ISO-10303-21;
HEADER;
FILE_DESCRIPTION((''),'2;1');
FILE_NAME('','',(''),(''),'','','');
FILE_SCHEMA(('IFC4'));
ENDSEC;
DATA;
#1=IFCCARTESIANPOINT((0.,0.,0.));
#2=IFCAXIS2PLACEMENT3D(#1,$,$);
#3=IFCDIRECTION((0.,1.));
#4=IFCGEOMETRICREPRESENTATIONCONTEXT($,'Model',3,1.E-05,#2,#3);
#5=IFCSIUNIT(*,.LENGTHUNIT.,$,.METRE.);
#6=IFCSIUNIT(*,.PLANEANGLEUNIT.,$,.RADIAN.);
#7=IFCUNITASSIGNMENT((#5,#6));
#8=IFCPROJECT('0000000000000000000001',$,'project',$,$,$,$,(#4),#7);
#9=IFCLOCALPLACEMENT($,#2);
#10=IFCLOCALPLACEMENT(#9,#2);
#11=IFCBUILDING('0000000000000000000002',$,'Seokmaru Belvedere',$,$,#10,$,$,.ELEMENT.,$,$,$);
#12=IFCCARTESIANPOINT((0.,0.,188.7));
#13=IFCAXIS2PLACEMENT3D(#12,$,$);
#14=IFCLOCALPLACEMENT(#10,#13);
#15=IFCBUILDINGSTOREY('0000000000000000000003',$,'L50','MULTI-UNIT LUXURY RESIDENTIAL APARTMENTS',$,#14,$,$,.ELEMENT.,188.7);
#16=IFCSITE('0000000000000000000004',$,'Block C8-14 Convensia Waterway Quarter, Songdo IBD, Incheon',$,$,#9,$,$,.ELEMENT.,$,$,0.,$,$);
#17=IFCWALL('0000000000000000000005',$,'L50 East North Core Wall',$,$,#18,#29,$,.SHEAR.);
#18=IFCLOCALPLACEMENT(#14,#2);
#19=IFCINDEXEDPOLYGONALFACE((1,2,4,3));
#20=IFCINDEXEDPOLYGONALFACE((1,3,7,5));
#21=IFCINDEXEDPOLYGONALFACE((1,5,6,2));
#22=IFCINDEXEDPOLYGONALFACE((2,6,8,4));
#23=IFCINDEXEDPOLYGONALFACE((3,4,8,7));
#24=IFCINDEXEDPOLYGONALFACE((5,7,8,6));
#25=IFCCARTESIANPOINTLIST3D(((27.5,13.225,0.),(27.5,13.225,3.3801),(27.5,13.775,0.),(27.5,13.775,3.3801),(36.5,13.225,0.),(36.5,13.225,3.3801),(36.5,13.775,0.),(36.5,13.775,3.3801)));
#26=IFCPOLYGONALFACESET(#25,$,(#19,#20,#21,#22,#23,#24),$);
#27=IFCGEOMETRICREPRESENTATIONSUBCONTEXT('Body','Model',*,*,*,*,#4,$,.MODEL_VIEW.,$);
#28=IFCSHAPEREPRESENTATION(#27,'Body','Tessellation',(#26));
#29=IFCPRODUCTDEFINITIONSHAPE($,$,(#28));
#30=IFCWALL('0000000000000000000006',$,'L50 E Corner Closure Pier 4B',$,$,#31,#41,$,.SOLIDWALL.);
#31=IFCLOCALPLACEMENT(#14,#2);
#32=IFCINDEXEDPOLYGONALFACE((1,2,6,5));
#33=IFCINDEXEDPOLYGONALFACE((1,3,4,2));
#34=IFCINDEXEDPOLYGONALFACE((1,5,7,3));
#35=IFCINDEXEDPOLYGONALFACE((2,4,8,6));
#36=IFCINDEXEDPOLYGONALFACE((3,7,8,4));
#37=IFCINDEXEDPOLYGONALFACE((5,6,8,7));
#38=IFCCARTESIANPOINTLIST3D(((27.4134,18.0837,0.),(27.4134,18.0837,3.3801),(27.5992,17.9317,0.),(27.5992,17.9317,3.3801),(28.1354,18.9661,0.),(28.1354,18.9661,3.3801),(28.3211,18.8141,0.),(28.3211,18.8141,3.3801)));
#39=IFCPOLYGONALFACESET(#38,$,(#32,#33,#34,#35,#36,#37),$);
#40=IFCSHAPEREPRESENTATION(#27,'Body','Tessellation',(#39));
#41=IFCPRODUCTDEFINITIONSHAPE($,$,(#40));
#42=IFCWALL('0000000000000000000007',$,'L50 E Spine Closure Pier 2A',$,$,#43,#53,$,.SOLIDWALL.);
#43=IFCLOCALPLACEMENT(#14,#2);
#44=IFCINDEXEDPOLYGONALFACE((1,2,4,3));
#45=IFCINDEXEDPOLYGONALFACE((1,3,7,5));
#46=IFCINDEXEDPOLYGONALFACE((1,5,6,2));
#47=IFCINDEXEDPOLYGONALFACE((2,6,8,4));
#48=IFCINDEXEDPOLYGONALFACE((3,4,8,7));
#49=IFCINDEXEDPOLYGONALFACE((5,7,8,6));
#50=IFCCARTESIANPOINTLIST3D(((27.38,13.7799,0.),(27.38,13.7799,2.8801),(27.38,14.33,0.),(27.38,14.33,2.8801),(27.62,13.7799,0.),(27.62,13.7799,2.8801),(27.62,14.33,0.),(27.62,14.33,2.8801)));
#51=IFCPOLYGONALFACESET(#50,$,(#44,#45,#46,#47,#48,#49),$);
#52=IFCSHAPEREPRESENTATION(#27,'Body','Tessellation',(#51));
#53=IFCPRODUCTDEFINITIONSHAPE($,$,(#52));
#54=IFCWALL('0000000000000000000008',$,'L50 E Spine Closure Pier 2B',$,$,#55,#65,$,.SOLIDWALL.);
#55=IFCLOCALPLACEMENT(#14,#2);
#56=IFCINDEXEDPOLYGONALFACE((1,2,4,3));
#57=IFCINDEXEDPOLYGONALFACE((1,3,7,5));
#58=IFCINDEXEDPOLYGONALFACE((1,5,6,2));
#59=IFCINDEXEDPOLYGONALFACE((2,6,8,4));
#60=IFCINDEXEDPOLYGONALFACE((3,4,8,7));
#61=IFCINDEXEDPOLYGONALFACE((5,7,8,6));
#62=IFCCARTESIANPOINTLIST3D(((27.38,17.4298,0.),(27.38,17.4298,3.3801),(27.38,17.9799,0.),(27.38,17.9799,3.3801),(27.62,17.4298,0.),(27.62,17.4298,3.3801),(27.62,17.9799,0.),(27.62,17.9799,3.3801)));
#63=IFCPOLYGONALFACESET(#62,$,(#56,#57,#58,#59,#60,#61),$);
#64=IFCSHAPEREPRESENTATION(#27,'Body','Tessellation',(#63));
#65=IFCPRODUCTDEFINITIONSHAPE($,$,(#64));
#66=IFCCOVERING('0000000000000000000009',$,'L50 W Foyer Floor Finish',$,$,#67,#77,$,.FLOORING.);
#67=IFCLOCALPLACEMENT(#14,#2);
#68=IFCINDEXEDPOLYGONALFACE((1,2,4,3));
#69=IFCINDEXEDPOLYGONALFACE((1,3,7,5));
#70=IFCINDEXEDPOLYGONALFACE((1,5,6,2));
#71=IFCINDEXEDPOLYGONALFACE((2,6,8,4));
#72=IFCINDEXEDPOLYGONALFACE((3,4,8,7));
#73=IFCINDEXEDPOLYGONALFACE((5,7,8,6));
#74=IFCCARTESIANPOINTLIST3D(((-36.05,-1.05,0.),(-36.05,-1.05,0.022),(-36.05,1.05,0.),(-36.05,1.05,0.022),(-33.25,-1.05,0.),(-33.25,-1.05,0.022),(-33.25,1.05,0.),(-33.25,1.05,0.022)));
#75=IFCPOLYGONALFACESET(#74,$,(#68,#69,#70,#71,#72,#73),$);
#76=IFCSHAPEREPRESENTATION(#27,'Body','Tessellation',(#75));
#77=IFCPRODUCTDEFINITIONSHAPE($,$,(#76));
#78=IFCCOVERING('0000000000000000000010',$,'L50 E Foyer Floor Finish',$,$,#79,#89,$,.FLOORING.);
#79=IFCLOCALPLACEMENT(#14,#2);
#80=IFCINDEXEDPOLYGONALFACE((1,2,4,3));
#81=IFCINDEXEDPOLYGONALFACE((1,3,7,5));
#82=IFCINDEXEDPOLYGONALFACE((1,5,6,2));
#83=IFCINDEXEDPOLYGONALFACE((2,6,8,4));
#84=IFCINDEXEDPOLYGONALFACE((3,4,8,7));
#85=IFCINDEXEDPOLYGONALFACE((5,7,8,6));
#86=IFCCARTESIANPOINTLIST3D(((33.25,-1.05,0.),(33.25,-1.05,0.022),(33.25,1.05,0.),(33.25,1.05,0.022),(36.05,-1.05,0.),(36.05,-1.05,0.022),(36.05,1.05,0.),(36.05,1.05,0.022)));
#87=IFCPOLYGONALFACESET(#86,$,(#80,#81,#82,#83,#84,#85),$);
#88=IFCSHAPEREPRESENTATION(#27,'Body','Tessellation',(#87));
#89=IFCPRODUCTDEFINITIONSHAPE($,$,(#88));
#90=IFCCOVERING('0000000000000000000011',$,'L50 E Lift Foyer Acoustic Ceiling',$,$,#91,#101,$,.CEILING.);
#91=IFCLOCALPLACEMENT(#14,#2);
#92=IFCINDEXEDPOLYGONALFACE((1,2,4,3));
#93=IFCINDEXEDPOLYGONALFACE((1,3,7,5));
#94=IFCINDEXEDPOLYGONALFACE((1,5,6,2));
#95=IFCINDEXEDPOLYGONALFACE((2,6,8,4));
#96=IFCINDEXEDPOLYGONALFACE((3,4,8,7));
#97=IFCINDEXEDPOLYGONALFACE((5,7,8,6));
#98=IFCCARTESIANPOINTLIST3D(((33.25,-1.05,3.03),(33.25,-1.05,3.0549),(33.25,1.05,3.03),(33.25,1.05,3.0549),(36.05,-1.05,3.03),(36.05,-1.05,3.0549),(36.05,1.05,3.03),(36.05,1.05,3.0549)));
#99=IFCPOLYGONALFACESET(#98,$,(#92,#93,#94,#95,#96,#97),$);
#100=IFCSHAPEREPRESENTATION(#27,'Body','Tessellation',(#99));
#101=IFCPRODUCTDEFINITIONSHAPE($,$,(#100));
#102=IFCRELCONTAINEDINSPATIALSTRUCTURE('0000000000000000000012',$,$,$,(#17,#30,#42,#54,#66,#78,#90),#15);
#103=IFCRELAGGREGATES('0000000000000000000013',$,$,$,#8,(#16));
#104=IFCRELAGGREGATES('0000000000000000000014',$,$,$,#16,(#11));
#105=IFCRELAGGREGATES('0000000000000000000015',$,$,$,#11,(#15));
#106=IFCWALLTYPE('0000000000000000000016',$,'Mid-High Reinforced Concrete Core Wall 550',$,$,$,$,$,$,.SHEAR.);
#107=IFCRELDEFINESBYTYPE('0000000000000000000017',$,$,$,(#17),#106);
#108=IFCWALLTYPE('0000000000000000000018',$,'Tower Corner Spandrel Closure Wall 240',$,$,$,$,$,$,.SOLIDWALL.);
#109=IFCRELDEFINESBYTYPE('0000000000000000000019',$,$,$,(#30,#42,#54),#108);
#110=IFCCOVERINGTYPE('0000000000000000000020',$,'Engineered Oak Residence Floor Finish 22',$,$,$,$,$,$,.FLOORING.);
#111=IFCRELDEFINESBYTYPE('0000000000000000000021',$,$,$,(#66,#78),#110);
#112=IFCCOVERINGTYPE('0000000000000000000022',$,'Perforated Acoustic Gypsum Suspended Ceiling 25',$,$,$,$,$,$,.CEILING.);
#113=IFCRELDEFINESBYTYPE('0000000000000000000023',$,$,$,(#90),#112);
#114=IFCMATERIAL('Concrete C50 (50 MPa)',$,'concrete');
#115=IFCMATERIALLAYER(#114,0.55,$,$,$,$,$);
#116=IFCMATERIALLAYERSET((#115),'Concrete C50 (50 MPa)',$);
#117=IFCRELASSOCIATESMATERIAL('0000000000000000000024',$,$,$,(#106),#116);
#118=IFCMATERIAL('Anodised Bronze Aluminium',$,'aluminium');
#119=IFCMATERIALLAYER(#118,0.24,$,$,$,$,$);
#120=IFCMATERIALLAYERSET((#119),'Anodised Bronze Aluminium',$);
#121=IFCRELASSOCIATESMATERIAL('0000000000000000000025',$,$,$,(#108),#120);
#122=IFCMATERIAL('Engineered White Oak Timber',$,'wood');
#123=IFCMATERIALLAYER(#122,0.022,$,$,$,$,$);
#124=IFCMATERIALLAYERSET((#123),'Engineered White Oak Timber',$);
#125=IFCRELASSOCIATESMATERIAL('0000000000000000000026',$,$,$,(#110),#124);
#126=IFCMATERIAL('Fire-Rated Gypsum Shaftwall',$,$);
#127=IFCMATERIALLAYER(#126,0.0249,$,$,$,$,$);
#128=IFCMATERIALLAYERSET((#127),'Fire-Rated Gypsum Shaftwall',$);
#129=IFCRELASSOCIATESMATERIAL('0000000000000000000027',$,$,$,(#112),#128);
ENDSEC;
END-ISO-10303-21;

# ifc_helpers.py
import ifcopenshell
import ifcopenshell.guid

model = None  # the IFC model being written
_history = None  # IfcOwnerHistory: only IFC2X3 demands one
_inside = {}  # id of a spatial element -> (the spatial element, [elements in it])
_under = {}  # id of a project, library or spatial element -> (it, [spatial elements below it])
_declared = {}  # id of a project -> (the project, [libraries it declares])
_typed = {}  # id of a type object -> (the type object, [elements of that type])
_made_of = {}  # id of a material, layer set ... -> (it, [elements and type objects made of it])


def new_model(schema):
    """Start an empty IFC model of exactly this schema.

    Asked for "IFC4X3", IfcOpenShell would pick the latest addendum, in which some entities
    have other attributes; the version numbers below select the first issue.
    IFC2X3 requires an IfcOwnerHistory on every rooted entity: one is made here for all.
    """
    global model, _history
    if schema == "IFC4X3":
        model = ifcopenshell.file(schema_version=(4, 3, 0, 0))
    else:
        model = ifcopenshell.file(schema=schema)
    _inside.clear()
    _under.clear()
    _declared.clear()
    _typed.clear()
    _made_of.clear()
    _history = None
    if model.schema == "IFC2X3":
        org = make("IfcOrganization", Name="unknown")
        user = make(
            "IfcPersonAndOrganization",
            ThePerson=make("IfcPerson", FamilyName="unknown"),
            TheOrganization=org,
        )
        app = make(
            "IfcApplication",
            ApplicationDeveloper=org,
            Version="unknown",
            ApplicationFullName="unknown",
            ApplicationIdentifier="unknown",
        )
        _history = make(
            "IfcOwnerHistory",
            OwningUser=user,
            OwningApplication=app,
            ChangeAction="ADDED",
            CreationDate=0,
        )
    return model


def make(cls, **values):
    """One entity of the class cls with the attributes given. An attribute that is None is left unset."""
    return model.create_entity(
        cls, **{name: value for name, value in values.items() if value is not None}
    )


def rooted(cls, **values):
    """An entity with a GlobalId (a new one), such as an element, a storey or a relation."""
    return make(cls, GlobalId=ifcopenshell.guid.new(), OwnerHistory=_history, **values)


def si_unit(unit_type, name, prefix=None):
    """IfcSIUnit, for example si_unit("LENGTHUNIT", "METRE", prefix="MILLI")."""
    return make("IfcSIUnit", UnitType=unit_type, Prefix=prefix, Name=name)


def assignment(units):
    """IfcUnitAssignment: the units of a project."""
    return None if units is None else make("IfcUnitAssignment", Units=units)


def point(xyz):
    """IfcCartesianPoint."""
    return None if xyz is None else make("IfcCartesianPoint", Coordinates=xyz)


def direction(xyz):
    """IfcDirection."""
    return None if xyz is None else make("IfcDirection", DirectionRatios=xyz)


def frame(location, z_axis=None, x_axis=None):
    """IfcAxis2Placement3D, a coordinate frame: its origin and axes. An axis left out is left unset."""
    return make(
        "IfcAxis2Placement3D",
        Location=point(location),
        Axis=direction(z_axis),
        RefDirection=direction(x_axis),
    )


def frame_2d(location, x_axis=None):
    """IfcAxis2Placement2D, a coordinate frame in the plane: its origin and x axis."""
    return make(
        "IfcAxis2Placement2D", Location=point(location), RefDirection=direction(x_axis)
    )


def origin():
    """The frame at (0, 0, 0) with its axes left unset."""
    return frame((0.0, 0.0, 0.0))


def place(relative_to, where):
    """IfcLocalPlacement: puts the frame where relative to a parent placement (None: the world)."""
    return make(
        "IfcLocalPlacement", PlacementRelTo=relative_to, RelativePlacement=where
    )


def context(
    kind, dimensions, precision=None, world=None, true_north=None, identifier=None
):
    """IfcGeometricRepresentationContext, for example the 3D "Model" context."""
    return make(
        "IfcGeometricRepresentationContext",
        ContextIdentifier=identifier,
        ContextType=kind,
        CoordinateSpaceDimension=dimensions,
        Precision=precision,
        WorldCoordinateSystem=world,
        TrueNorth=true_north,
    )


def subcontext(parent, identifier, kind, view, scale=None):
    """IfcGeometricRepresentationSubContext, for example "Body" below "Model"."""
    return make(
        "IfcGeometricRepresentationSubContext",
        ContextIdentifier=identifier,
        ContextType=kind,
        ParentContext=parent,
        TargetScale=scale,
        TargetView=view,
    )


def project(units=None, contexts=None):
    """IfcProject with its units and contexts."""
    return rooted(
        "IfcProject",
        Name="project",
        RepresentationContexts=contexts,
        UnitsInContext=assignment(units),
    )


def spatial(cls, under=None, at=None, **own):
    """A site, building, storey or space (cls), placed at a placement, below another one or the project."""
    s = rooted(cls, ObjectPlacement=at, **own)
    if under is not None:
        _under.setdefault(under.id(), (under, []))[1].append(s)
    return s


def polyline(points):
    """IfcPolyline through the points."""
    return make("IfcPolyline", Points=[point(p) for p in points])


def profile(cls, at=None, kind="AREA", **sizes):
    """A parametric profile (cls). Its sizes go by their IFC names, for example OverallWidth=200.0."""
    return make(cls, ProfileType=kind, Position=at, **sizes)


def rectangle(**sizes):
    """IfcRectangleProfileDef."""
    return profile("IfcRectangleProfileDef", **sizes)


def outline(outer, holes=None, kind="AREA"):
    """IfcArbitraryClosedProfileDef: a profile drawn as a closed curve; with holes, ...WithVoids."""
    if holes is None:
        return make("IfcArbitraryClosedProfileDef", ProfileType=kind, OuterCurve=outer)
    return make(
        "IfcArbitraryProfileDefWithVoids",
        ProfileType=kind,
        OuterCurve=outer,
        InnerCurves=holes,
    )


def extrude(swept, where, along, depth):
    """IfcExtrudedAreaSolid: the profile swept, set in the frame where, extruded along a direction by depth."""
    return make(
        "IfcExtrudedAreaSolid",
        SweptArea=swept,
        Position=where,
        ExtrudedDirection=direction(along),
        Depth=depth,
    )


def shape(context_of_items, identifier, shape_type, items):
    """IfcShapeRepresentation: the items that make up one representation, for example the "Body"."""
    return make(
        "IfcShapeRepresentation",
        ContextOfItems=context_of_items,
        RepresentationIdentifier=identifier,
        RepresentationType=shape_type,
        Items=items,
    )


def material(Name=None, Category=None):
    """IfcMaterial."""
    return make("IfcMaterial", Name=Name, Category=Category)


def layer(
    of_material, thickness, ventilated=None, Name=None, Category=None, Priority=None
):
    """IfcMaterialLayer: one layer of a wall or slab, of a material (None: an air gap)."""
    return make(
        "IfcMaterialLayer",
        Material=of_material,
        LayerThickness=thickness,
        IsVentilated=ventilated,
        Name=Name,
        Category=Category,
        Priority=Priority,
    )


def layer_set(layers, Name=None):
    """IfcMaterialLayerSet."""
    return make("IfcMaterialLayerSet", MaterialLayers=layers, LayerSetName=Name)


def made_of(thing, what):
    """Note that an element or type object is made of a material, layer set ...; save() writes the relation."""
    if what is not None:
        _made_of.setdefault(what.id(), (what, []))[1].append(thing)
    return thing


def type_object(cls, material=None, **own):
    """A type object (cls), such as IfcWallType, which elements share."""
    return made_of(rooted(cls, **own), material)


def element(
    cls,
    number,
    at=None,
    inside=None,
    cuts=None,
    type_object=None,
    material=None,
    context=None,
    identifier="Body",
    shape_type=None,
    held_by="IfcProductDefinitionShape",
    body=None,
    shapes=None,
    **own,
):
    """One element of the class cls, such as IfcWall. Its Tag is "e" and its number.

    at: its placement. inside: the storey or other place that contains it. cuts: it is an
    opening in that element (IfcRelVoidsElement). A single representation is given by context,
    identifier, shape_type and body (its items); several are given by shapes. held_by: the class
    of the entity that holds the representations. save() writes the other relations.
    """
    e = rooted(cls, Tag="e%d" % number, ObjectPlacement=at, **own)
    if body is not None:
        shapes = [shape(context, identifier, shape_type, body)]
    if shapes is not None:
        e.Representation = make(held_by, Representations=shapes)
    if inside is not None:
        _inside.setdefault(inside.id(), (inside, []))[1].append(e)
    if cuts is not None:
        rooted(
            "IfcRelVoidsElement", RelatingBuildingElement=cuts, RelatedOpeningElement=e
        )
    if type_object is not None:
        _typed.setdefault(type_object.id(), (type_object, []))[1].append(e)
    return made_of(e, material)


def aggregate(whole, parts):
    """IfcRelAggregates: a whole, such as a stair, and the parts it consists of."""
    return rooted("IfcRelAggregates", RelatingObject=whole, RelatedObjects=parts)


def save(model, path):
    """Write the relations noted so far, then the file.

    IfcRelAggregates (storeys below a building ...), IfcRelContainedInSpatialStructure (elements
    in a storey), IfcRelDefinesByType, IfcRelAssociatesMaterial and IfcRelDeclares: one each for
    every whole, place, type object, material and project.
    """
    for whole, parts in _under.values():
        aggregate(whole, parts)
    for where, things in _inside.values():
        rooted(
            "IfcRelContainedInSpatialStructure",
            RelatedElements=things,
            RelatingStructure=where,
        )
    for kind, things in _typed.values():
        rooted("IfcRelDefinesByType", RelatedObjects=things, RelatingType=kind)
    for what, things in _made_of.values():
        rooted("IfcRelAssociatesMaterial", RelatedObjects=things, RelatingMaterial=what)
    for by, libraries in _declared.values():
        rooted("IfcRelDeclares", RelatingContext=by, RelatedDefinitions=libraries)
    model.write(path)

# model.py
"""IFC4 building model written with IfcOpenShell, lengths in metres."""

from ifc_helpers import new_model, si_unit, direction, frame, frame_2d, origin, place, context, subcontext, project, spatial, polyline, rectangle, outline, extrude, material, layer, layer_set, type_object, element, save


model = new_model("IFC4")

# Units and contexts
model_context = context("Model", 3, precision=1e-05, world=origin(), true_north=direction((0.0, 1.0)))
body_context = subcontext(model_context, "Body", "Model", "MODEL_VIEW")
ifc_project = project(units=[si_unit("LENGTHUNIT", "METRE"), si_unit("PLANEANGLEUNIT", "RADIAN")], contexts=[model_context])

# Site, building, storey
site_placement = place(None, origin())
site = spatial("IfcSite", under=ifc_project, at=site_placement, Name="Block C8-14 Convensia Waterway Quarter, Songdo IBD, Incheon", CompositionType="ELEMENT", RefElevation=0.0)
building_placement = place(site_placement, origin())
building = spatial("IfcBuilding", under=site, at=building_placement, Name="Seokmaru Belvedere", CompositionType="ELEMENT")
storey_placement = place(building_placement, frame((0.0, 0.0, 188.7)))
storey = spatial("IfcBuildingStorey", under=building, at=storey_placement, Name="L50", Description="MULTI-UNIT LUXURY RESIDENTIAL APARTMENTS", CompositionType="ELEMENT", Elevation=188.7)

# Shared definitions
ifc_material_1 = material(Name="Anodised Bronze Aluminium", Category="aluminium")

# Shared definitions
ifc_material_2 = material(Name="Concrete C50 (50 MPa)", Category="concrete")
ifc_material_3 = material(Name="Fire-Rated Gypsum Shaftwall")

# Walls
ifc_layer_1 = layer(ifc_material_2, 0.55)
ifc_layer_set_1 = layer_set([ifc_layer_1], Name="Concrete C50 (50 MPa)")
wall_type_1 = type_object("IfcWallType", Name="Mid-High Reinforced Concrete Core Wall 550", PredefinedType="SHEAR", material=ifc_layer_set_1)
wall_1_placement = place(storey_placement, frame((27.5, 13.5, 0.0), z_axis=(0.0, 0.0, 1.0), x_axis=(1.0, 0.0, 0.0)))
element("IfcWall", 1, at=wall_1_placement, inside=storey, type_object=wall_type_1, Name="L50 East North Core Wall", PredefinedType="SHEAR", context=body_context, shape_type="SweptSolid", body=[
    extrude(rectangle(XDim=9.0, YDim=0.55, at=frame_2d((4.5, 0.0))), origin(), (0.0, 0.0, 1.0), 3.3801),
])
ifc_layer_2 = layer(ifc_material_1, 0.24)
ifc_layer_set_2 = layer_set([ifc_layer_2], Name="Anodised Bronze Aluminium")
wall_type_2 = type_object("IfcWallType", Name="Tower Corner Spandrel Closure Wall 240", PredefinedType="SOLIDWALL", material=ifc_layer_set_2)
wall_2_placement = place(storey_placement, frame((28.2283, 18.8901, 0.0), z_axis=(0.0, 0.0, 1.0), x_axis=(-0.633249, -0.773948, 0.0)))
element("IfcWall", 2, at=wall_2_placement, inside=storey, type_object=wall_type_2, Name="L50 E Corner Closure Pier 4B", PredefinedType="SOLIDWALL", context=body_context, shape_type="SweptSolid", body=[
    extrude(rectangle(XDim=1.1401, YDim=0.24, at=frame_2d((0.5701, 0.0))), origin(), (0.0, 0.0, 1.0), 3.3801),
])
wall_3_placement = place(storey_placement, frame((27.5, 13.78, 0.0), z_axis=(0.0, 0.0, 1.0), x_axis=(0.0, 1.0, 0.0)))
element("IfcWall", 3, at=wall_3_placement, inside=storey, type_object=wall_type_2, Name="L50 E Spine Closure Pier 2A", PredefinedType="SOLIDWALL", context=body_context, shape_type="SweptSolid", body=[
    extrude(rectangle(XDim=0.55, YDim=0.24, at=frame_2d((0.2749, 0.0))), origin(), (0.0, 0.0, 1.0), 2.8801),
])
wall_4_placement = place(storey_placement, frame((27.5, 17.4299, 0.0), z_axis=(0.0, 0.0, 1.0), x_axis=(0.0, 1.0, 0.0)))
element("IfcWall", 4, at=wall_4_placement, inside=storey, type_object=wall_type_2, Name="L50 E Spine Closure Pier 2B", PredefinedType="SOLIDWALL", context=body_context, shape_type="SweptSolid", body=[
    extrude(rectangle(XDim=0.55, YDim=0.24, at=frame_2d((0.2749, 0.0))), origin(), (0.0, 0.0, 1.0), 3.3801),
])

# Coverings
ifc_material_4 = material(Name="Engineered White Oak Timber", Category="wood")
ifc_layer_3 = layer(ifc_material_4, 0.022)
ifc_layer_set_3 = layer_set([ifc_layer_3], Name="Engineered White Oak Timber")
covering_type_1 = type_object("IfcCoveringType", Name="Engineered Oak Residence Floor Finish 22", PredefinedType="FLOORING", material=ifc_layer_set_3)
covering_1_placement = place(storey_placement, origin())
element("IfcCovering", 5, at=covering_1_placement, inside=storey, type_object=covering_type_1, Name="L50 W Foyer Floor Finish", PredefinedType="FLOORING", context=body_context, shape_type="SweptSolid", body=[
    extrude(outline(polyline([(-36.05, -1.05), (-33.25, -1.05), (-33.25, 1.05), (-36.05, 1.05), (-36.05, -1.05)])), origin(), (0.0, 0.0, 1.0), 0.022),
])
covering_2_placement = place(storey_placement, origin())
element("IfcCovering", 6, at=covering_2_placement, inside=storey, type_object=covering_type_1, Name="L50 E Foyer Floor Finish", PredefinedType="FLOORING", context=body_context, shape_type="SweptSolid", body=[
    extrude(outline(polyline([(33.25, -1.05), (36.05, -1.05), (36.05, 1.05), (33.25, 1.05), (33.25, -1.05)])), origin(), (0.0, 0.0, 1.0), 0.022),
])
ifc_layer_4 = layer(ifc_material_3, 0.0249)
ifc_layer_set_4 = layer_set([ifc_layer_4], Name="Fire-Rated Gypsum Shaftwall")
covering_type_2 = type_object("IfcCoveringType", Name="Perforated Acoustic Gypsum Suspended Ceiling 25", PredefinedType="CEILING", material=ifc_layer_set_4)
covering_3_placement = place(storey_placement, frame((0.0, 0.0, 3.03)))
element("IfcCovering", 7, at=covering_3_placement, inside=storey, type_object=covering_type_2, Name="L50 E Lift Foyer Acoustic Ceiling", PredefinedType="CEILING", context=body_context, shape_type="SweptSolid", body=[
    extrude(outline(polyline([(33.25, -1.05), (36.05, -1.05), (36.05, 1.05), (33.25, 1.05), (33.25, -1.05)])), origin(), (0.0, 0.0, 1.0), 0.0249),
])

save(model, "model.ifc")
